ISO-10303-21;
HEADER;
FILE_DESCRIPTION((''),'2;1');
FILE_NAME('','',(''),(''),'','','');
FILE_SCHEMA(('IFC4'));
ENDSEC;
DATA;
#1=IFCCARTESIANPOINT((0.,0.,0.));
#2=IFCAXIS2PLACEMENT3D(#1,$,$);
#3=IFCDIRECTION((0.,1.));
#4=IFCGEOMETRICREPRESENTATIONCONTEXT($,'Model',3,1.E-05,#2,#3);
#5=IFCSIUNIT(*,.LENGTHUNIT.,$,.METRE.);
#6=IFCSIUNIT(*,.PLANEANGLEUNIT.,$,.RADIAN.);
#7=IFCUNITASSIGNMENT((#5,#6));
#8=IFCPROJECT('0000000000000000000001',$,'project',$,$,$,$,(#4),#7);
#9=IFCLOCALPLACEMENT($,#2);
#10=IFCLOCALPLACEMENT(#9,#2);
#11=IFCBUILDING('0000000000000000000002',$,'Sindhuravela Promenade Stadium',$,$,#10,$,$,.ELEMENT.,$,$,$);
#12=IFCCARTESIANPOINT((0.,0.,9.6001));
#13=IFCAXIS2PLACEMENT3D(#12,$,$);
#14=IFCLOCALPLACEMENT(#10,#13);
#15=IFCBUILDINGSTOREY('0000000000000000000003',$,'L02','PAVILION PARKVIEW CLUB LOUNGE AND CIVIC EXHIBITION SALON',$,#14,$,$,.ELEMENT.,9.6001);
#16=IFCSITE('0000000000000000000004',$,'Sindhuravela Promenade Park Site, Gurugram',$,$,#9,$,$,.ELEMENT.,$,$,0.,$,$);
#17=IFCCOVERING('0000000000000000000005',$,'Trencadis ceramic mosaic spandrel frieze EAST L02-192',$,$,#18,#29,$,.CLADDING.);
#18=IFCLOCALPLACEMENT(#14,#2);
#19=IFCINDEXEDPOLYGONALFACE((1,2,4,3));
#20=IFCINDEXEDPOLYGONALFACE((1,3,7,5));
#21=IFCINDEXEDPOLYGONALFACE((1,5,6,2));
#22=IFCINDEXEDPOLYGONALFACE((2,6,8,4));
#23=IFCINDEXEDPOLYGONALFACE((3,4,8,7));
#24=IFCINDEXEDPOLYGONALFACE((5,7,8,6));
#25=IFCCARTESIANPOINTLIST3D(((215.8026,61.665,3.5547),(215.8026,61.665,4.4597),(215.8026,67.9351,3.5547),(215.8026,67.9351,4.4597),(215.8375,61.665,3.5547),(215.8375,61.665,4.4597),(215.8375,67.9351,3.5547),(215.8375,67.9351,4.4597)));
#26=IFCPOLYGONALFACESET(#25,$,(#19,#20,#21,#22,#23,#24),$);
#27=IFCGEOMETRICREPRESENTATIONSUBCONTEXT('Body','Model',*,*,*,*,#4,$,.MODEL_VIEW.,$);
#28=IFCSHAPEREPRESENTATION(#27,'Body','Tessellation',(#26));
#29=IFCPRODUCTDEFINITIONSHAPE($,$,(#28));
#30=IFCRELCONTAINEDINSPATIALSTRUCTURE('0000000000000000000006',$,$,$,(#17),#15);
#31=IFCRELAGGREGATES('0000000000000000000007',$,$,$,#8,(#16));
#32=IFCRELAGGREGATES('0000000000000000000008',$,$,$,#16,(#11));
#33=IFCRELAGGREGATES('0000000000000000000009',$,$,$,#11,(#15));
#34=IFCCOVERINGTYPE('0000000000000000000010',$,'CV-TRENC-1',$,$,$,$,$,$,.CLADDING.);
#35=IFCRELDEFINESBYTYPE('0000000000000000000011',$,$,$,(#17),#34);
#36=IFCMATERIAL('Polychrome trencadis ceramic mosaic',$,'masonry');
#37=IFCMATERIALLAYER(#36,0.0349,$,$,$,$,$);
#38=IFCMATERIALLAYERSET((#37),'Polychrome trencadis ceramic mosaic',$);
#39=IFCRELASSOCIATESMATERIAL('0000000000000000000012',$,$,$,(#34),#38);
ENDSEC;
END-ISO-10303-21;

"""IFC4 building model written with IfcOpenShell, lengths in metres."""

from ifc_helpers import new_model, si_unit, direction, frame, origin, origin_2d, place, context, subcontext, project, spatial, rectangle, extrude, material, layer, layer_set, type_object, element, save


model = new_model("IFC4")

# Units and contexts
model_context = context("Model", 3, precision=1e-05, world=origin(), true_north=direction((0.0, 1.0)))
body_context = subcontext(model_context, "Body", "Model", "MODEL_VIEW")
ifc_project = project(units=[si_unit("LENGTHUNIT", "METRE"), si_unit("PLANEANGLEUNIT", "RADIAN")], contexts=[model_context])

# Site, building, storey
site_placement = place(None, origin())
site = spatial("IfcSite", under=ifc_project, at=site_placement, Name="Sindhuravela Promenade Park Site, Gurugram", CompositionType="ELEMENT", RefElevation=0.0)
building_placement = place(site_placement, origin())
building = spatial("IfcBuilding", under=site, at=building_placement, Name="Sindhuravela Promenade Stadium", CompositionType="ELEMENT")
storey_placement = place(building_placement, frame((0.0, 0.0, 9.6001)))
storey = spatial("IfcBuildingStorey", under=building, at=storey_placement, Name="L02", Description="PAVILION PARKVIEW CLUB LOUNGE AND CIVIC EXHIBITION SALON", CompositionType="ELEMENT", Elevation=9.6001)

# Covering
ifc_material_1 = material(Name="Polychrome trencadis ceramic mosaic", Category="masonry")
ifc_layer_1 = layer(ifc_material_1, 0.0349)
ifc_layer_set_1 = layer_set([ifc_layer_1], Name="Polychrome trencadis ceramic mosaic")
covering_type = type_object("IfcCoveringType", Name="CV-TRENC-1", PredefinedType="CLADDING", material=ifc_layer_set_1)
covering_placement = place(storey_placement, frame((215.8201, 64.8, 3.5547), z_axis=(0.0, 0.0, 1.0), x_axis=(0.0, -1.0, 0.0)))
element("IfcCovering", 1, at=covering_placement, inside=storey, type_object=covering_type, Name="Trencadis ceramic mosaic spandrel frieze EAST L02-192", PredefinedType="CLADDING", context=body_context, shape_type="SweptSolid", body=[
    extrude(rectangle(XDim=6.27, YDim=0.0349, at=origin_2d()), origin(), (0.0, 0.0, 1.0), 0.905),
])

save(model, "model.ifc")
